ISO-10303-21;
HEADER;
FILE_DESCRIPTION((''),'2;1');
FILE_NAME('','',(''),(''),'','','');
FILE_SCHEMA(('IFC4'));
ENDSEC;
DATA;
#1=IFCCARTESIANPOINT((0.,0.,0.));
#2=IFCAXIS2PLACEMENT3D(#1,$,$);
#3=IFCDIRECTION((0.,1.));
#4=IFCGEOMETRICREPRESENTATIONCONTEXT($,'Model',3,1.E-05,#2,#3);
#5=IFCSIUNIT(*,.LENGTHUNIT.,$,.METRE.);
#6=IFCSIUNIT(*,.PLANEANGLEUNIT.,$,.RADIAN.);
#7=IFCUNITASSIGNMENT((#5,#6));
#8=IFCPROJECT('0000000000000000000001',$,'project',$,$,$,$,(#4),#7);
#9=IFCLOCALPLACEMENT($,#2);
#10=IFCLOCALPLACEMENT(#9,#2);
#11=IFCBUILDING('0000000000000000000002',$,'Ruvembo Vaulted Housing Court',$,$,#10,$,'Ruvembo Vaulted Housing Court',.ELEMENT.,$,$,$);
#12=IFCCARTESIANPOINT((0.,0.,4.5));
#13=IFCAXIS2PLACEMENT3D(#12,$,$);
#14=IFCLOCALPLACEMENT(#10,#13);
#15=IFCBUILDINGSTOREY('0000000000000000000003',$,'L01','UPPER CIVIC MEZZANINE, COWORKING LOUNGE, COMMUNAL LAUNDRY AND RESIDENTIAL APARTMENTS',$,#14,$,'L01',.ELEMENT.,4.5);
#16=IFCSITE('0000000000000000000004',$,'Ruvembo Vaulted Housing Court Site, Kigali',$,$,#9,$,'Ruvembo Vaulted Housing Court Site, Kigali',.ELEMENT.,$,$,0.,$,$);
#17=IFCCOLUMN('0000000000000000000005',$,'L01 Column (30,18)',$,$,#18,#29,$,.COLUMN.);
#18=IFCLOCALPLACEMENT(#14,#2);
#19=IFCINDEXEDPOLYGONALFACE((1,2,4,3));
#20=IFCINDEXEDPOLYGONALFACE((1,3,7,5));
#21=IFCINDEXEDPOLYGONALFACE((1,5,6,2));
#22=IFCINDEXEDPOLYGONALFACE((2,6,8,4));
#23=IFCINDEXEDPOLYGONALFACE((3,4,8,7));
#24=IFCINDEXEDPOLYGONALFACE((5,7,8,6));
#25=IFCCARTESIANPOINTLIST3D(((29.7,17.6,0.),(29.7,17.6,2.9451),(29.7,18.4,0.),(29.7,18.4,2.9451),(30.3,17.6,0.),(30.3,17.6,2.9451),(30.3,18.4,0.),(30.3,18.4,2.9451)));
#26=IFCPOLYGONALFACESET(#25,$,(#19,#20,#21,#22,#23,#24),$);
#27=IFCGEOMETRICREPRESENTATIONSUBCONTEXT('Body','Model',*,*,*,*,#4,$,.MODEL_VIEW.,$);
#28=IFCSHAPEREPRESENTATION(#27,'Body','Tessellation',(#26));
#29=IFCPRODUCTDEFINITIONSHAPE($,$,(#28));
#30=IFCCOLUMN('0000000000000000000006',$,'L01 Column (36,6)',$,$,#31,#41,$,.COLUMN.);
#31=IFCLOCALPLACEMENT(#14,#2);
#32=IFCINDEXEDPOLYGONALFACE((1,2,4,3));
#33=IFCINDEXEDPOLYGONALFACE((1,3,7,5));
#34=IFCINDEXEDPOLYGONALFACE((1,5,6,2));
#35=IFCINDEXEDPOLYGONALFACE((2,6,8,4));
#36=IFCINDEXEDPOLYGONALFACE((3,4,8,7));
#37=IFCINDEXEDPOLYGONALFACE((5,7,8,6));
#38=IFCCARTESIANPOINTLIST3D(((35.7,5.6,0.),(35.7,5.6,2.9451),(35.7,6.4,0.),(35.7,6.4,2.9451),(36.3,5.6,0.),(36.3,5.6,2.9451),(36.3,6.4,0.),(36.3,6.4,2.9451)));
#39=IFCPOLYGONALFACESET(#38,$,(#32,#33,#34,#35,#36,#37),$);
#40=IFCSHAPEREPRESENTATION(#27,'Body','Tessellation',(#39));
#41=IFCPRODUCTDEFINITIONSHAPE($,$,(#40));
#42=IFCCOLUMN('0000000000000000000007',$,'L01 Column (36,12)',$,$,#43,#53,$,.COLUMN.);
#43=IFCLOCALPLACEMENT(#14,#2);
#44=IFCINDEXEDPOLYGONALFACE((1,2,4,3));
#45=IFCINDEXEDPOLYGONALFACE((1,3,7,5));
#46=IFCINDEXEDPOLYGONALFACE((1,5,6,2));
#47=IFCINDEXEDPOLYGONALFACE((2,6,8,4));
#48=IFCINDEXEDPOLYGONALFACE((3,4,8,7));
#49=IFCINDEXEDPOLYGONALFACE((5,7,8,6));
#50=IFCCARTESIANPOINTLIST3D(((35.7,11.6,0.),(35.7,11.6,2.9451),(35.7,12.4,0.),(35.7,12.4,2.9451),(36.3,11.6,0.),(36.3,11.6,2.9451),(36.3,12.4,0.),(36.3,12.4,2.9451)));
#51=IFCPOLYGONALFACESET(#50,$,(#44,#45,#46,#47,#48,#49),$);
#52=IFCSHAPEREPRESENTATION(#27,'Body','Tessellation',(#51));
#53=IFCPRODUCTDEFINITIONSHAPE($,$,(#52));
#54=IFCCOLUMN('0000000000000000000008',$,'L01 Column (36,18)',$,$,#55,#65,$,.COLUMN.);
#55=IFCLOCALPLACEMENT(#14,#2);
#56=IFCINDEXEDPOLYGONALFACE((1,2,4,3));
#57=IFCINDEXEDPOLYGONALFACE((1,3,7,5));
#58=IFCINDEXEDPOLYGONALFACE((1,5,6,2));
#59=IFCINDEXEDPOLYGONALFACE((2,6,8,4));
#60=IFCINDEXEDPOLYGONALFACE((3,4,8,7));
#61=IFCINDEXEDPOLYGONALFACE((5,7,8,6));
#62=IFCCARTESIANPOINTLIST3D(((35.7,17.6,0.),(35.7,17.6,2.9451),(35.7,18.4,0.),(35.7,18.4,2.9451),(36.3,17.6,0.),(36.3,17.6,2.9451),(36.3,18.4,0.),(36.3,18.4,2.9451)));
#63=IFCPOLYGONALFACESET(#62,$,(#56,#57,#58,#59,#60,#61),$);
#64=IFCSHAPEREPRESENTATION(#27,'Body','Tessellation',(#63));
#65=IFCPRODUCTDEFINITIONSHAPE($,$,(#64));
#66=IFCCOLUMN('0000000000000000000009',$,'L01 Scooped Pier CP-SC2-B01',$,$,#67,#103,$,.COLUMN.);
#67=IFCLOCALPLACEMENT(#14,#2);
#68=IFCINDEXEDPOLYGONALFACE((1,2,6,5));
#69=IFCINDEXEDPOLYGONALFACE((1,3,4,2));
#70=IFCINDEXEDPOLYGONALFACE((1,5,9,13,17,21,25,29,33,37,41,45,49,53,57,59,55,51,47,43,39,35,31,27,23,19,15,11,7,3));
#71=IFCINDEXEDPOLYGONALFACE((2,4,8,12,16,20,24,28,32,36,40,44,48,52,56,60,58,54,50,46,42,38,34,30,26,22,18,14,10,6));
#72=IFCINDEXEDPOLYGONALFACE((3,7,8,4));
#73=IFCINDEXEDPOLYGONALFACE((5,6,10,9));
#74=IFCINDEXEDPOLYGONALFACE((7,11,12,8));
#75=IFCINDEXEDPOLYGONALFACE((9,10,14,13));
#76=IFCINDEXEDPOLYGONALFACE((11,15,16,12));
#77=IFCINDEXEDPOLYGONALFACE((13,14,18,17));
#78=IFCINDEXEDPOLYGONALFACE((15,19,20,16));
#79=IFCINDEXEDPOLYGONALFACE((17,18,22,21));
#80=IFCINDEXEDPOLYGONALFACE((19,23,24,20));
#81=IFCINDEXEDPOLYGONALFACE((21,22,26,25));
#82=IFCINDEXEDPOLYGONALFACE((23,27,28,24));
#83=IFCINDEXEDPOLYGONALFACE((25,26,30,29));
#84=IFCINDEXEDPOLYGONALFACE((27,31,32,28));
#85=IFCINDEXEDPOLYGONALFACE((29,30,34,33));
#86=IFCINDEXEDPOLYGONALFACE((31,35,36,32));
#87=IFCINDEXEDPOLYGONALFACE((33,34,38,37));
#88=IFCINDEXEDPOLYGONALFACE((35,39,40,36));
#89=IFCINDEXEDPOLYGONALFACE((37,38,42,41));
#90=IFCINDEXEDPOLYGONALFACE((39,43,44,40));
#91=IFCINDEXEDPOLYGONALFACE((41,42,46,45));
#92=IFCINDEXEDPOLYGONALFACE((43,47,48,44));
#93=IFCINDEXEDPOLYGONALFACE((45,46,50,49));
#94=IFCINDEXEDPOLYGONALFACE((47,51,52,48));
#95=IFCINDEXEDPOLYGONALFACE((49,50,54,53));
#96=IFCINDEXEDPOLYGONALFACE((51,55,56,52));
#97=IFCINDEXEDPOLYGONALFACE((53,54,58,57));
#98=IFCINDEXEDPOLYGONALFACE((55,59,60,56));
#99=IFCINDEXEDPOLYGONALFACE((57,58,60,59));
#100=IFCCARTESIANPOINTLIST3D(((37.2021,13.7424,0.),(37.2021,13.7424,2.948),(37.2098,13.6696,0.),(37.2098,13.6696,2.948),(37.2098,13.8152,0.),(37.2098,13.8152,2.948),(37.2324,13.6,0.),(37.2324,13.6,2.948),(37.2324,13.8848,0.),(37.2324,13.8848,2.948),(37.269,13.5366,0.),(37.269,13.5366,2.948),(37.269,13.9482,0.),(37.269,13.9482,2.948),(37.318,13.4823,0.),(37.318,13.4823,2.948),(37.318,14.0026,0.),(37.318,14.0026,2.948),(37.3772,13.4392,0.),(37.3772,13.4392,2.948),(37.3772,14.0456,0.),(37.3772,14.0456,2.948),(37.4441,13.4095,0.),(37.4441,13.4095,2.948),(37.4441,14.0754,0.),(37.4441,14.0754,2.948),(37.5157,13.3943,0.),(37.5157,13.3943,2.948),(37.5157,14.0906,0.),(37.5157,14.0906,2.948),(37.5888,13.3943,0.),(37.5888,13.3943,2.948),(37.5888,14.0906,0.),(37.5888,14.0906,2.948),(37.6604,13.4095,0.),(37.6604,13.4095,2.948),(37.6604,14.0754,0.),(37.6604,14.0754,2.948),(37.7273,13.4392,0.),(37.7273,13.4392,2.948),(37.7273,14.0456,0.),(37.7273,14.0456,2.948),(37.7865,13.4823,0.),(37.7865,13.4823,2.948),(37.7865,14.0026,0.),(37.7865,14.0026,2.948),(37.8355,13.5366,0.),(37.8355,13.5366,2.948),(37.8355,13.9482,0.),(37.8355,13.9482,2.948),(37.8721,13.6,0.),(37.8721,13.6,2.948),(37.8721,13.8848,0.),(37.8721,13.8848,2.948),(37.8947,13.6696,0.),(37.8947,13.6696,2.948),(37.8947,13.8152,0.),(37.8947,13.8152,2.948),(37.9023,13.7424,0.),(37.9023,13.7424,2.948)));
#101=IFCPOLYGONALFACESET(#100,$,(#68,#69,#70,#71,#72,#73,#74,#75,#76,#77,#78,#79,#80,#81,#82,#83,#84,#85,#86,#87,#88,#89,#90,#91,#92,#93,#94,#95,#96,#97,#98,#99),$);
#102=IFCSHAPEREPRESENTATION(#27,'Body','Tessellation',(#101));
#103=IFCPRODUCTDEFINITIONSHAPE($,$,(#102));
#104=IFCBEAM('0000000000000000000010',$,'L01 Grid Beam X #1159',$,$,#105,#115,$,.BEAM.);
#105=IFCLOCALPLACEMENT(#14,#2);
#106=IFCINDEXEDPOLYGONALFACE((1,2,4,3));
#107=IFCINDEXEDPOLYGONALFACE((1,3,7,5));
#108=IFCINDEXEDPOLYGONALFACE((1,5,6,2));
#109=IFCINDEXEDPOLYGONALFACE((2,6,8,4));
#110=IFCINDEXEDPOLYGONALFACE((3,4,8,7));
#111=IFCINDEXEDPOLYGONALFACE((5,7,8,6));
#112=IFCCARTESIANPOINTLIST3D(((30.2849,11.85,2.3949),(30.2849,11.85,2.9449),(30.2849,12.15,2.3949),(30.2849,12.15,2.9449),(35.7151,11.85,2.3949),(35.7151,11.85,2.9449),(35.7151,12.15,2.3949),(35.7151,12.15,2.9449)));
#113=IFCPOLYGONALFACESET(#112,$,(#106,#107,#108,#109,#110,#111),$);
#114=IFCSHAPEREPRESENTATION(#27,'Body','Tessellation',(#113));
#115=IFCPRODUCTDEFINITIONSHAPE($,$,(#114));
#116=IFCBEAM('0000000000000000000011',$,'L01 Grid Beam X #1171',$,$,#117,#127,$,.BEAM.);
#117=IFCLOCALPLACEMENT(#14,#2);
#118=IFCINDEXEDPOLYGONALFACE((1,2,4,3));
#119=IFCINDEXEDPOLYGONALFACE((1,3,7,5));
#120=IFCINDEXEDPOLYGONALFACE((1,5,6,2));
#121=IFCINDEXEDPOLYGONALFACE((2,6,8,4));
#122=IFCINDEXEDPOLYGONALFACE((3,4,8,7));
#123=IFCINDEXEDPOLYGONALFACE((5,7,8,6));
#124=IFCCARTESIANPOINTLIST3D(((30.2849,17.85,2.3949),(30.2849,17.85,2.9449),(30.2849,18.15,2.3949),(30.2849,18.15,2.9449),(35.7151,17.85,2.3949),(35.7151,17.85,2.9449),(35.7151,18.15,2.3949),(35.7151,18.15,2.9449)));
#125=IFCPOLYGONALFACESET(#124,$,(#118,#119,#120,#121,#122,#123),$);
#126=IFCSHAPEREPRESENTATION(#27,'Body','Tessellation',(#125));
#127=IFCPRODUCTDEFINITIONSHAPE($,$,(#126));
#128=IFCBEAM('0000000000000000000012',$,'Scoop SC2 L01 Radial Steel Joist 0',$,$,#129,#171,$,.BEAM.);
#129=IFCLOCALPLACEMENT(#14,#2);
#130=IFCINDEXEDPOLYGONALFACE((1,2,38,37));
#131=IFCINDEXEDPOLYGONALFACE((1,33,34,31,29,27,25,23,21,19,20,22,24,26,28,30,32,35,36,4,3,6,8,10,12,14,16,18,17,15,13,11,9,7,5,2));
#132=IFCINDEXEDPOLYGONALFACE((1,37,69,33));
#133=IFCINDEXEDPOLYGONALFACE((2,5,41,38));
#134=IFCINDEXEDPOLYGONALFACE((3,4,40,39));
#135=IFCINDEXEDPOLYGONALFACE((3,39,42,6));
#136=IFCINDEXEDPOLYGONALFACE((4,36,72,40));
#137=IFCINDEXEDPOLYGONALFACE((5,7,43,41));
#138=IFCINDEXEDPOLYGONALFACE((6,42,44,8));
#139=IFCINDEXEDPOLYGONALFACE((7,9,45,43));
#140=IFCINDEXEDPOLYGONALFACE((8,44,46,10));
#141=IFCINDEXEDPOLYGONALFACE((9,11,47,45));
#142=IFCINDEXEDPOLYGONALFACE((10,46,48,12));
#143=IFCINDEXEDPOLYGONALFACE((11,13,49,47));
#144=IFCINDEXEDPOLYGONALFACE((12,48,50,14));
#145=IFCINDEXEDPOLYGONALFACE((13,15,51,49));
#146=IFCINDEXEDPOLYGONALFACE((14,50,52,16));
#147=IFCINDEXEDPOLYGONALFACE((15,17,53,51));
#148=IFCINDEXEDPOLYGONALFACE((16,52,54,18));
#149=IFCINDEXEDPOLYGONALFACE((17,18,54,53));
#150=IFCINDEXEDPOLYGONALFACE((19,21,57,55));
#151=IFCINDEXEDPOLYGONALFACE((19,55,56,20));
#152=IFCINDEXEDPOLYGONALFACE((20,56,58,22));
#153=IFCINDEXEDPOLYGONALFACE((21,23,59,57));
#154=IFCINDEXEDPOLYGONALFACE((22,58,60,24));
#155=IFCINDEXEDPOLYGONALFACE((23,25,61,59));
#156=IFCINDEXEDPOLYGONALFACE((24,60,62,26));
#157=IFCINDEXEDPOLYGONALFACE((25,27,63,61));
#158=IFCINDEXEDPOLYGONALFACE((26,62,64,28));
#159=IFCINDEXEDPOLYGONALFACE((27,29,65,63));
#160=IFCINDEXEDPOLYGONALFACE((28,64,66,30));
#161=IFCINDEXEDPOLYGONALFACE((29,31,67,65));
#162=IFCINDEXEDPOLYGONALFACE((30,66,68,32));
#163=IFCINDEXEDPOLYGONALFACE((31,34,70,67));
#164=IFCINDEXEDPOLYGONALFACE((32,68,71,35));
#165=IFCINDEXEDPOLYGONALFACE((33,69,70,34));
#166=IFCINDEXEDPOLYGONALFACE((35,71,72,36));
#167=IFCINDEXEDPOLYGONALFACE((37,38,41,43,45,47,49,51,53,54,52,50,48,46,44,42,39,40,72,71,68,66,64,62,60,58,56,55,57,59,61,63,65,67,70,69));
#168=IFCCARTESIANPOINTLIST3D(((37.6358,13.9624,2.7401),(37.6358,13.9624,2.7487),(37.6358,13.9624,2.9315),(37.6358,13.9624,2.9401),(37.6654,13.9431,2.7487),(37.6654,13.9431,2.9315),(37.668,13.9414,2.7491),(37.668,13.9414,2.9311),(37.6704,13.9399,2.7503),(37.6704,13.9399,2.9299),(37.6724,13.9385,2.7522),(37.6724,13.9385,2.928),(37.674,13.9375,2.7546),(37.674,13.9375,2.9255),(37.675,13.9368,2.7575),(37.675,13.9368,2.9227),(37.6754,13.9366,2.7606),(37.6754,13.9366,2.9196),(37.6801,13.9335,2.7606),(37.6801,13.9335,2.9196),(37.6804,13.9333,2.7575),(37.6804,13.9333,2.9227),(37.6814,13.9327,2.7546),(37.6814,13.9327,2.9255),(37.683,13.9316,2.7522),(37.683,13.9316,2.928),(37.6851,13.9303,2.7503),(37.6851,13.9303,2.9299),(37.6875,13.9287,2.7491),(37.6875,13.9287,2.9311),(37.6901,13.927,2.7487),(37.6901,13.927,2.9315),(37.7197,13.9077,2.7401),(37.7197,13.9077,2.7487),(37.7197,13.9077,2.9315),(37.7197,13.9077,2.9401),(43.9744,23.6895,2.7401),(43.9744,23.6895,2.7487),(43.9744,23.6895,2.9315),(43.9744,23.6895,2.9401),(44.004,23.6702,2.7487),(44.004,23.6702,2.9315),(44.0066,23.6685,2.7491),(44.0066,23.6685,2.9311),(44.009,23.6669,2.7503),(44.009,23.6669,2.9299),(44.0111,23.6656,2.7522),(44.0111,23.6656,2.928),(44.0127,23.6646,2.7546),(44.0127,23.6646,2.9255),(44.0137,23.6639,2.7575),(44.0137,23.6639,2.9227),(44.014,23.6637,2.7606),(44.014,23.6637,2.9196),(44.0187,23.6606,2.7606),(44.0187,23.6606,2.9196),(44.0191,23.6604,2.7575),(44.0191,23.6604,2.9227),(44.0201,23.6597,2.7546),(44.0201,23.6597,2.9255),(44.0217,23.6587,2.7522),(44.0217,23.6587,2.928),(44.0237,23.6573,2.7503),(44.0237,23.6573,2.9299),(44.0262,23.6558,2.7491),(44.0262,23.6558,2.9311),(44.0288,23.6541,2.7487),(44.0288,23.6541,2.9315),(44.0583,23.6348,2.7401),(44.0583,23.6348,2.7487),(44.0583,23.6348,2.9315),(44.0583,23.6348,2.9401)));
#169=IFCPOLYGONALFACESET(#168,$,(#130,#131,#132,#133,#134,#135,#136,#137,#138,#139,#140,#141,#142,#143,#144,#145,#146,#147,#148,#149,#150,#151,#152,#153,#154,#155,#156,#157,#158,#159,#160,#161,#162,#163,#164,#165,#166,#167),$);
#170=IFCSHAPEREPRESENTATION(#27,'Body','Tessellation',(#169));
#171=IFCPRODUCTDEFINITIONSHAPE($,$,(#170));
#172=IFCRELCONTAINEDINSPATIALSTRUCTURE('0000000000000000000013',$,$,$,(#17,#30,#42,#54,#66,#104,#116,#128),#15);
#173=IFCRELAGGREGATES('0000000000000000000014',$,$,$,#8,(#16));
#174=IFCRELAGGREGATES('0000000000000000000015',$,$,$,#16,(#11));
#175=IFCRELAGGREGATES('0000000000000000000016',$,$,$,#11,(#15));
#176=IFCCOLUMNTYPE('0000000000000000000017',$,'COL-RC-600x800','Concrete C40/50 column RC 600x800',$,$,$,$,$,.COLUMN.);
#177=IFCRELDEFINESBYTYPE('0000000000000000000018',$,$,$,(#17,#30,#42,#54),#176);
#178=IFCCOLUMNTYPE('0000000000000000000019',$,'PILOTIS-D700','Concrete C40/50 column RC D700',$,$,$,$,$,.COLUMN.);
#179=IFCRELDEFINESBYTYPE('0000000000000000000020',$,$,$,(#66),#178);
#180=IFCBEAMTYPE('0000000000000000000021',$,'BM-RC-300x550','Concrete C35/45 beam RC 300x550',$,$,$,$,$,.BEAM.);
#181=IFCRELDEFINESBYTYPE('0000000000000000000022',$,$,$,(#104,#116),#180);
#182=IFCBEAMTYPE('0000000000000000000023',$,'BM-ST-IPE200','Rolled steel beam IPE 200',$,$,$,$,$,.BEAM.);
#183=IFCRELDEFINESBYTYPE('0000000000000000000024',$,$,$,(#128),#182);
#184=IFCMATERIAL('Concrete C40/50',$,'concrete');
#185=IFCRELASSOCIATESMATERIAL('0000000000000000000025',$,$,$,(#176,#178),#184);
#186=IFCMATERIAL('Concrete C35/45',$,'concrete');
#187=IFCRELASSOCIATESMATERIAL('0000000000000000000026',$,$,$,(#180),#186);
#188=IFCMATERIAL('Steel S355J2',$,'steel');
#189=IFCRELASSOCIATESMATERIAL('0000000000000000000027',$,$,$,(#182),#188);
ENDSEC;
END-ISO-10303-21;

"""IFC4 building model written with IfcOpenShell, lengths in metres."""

from ifc_helpers import new_model, si_unit, direction, frame, origin, origin_2d, place, context, subcontext, project, spatial, rectangle, circle, i_section, extrude, material, material_profile, profile_set, type_object, element, save


model = new_model("IFC4")

# Units and contexts
model_context = context("Model", 3, precision=1e-05, world=origin(), true_north=direction((0.0, 1.0)))
body_context = subcontext(model_context, "Body", "Model", "MODEL_VIEW")
ifc_project = project(units=[si_unit("LENGTHUNIT", "METRE"), si_unit("PLANEANGLEUNIT", "RADIAN")], contexts=[model_context])

# Site, building, storey
site_placement = place(None, origin())
site = spatial("IfcSite", under=ifc_project, at=site_placement, Name="Ruvembo Vaulted Housing Court Site, Kigali", LongName="Ruvembo Vaulted Housing Court Site, Kigali", CompositionType="ELEMENT", RefElevation=0.0)
building_placement = place(site_placement, origin())
building = spatial("IfcBuilding", under=site, at=building_placement, Name="Ruvembo Vaulted Housing Court", LongName="Ruvembo Vaulted Housing Court", CompositionType="ELEMENT")
storey_placement = place(building_placement, frame((0.0, 0.0, 4.5)))
storey = spatial("IfcBuildingStorey", under=building, at=storey_placement, Name="L01", Description="UPPER CIVIC MEZZANINE, COWORKING LOUNGE, COMMUNAL LAUNDRY AND RESIDENTIAL APARTMENTS", LongName="L01", CompositionType="ELEMENT", Elevation=4.5)

# Columns
ifc_material_1 = material(Name="Concrete C40/50", Category="concrete")
ifc_material_profile_1 = material_profile(ifc_material_1, rectangle(XDim=0.6001, YDim=0.8, at=origin_2d()), Name="RC 600x800")
ifc_profile_set_1 = profile_set([ifc_material_profile_1], Name="Concrete C40/50")
column_type_1 = type_object("IfcColumnType", Name="COL-RC-600x800", Description="Concrete C40/50 column RC 600x800", PredefinedType="COLUMN", material=ifc_profile_set_1)
for number, where, z_axis, x_axis, name in (
    (1, (30.0, 18.0, 0.0), (0.0, 0.0, 1.0), (1.0, 0.0, 0.0), "L01 Column (30,18)"),
    (2, (36.0, 6.0, 0.0), (0.0, 0.0, 1.0), (1.0, 0.0, 0.0), "L01 Column (36,6)"),
    (3, (36.0, 12.0, 0.0), (0.0, 0.0, 1.0), (1.0, 0.0, 0.0), "L01 Column (36,12)"),
    (4, (36.0, 18.0, 0.0), (0.0, 0.0, 1.0), (1.0, 0.0, 0.0), "L01 Column (36,18)"),
):
    element("IfcColumn", number, at=place(storey_placement, frame(where, z_axis=z_axis, x_axis=x_axis)), inside=storey, type_object=column_type_1, Name=name, PredefinedType="COLUMN", context=body_context, shape_type="SweptSolid", body=[
        extrude(rectangle(XDim=0.6001, YDim=0.8, at=origin_2d()), origin(), (0.0, 0.0, 1.0), 2.9451),
    ])
ifc_material_profile_2 = material_profile(ifc_material_1, circle(Radius=0.3501, at=origin_2d()), Name="RC D700")
ifc_profile_set_2 = profile_set([ifc_material_profile_2], Name="Concrete C40/50")
column_type_2 = type_object("IfcColumnType", Name="PILOTIS-D700", Description="Concrete C40/50 column RC D700", PredefinedType="COLUMN", material=ifc_profile_set_2)
column_placement = place(storey_placement, frame((37.5522, 13.7424, 0.0), z_axis=(0.0, 0.0, 1.0), x_axis=(1.0, 0.0, 0.0)))
element("IfcColumn", 5, at=column_placement, inside=storey, type_object=column_type_2, Name="L01 Scooped Pier CP-SC2-B01", PredefinedType="COLUMN", context=body_context, shape_type="SweptSolid", body=[
    extrude(circle(Radius=0.3501, at=origin_2d()), origin(), (0.0, 0.0, 1.0), 2.948),
])

# Beams
ifc_material_2 = material(Name="Concrete C35/45", Category="concrete")
ifc_material_profile_3 = material_profile(ifc_material_2, rectangle(XDim=0.3, YDim=0.55, at=origin_2d()), Name="RC 300x550")
ifc_profile_set_3 = profile_set([ifc_material_profile_3], Name="Concrete C35/45")
beam_type_1 = type_object("IfcBeamType", Name="BM-RC-300x550", Description="Concrete C35/45 beam RC 300x550", PredefinedType="BEAM", material=ifc_profile_set_3)
for number, where, z_axis, x_axis, name in (
    (6, (30.2849, 12.0, 2.6699), (1.0, 0.0, 0.0), (0.0, 1.0, 0.0), "L01 Grid Beam X #1159"),
    (7, (30.2849, 18.0, 2.6699), (1.0, 0.0, 0.0), (0.0, 1.0, 0.0), "L01 Grid Beam X #1171"),
):
    element("IfcBeam", number, at=place(storey_placement, frame(where, z_axis=z_axis, x_axis=x_axis)), inside=storey, type_object=beam_type_1, Name=name, PredefinedType="BEAM", context=body_context, shape_type="SweptSolid", body=[
        extrude(rectangle(XDim=0.3, YDim=0.55, at=origin_2d()), origin(), (0.0, 0.0, 1.0), 5.4302),
    ])
ifc_material_3 = material(Name="Steel S355J2", Category="steel")
ifc_material_profile_4 = material_profile(ifc_material_3, i_section(OverallWidth=0.1001, OverallDepth=0.2, WebThickness=0.0056, FlangeThickness=0.0085, FilletRadius=0.012, at=origin_2d()), Name="IPE 200")
ifc_profile_set_4 = profile_set([ifc_material_profile_4], Name="Steel S355J2")
beam_type_2 = type_object("IfcBeamType", Name="BM-ST-IPE200", Description="Rolled steel beam IPE 200", PredefinedType="BEAM", material=ifc_profile_set_4)
beam_1_placement = place(storey_placement, frame((37.6777, 13.9351, 2.8401), z_axis=(0.545959, 0.837812, 0.0), x_axis=(-0.837812, 0.545959, 0.0)))
element("IfcBeam", 8, at=beam_1_placement, inside=storey, type_object=beam_type_2, Name="Scoop SC2 L01 Radial Steel Joist 0", PredefinedType="BEAM", context=body_context, shape_type="SweptSolid", body=[
    extrude(i_section(OverallWidth=0.1001, OverallDepth=0.2, WebThickness=0.0056, FlangeThickness=0.0085, FilletRadius=0.012, at=origin_2d()), origin(), (0.0, 0.0, 1.0), 11.6101),
])

save(model, "model.ifc")
